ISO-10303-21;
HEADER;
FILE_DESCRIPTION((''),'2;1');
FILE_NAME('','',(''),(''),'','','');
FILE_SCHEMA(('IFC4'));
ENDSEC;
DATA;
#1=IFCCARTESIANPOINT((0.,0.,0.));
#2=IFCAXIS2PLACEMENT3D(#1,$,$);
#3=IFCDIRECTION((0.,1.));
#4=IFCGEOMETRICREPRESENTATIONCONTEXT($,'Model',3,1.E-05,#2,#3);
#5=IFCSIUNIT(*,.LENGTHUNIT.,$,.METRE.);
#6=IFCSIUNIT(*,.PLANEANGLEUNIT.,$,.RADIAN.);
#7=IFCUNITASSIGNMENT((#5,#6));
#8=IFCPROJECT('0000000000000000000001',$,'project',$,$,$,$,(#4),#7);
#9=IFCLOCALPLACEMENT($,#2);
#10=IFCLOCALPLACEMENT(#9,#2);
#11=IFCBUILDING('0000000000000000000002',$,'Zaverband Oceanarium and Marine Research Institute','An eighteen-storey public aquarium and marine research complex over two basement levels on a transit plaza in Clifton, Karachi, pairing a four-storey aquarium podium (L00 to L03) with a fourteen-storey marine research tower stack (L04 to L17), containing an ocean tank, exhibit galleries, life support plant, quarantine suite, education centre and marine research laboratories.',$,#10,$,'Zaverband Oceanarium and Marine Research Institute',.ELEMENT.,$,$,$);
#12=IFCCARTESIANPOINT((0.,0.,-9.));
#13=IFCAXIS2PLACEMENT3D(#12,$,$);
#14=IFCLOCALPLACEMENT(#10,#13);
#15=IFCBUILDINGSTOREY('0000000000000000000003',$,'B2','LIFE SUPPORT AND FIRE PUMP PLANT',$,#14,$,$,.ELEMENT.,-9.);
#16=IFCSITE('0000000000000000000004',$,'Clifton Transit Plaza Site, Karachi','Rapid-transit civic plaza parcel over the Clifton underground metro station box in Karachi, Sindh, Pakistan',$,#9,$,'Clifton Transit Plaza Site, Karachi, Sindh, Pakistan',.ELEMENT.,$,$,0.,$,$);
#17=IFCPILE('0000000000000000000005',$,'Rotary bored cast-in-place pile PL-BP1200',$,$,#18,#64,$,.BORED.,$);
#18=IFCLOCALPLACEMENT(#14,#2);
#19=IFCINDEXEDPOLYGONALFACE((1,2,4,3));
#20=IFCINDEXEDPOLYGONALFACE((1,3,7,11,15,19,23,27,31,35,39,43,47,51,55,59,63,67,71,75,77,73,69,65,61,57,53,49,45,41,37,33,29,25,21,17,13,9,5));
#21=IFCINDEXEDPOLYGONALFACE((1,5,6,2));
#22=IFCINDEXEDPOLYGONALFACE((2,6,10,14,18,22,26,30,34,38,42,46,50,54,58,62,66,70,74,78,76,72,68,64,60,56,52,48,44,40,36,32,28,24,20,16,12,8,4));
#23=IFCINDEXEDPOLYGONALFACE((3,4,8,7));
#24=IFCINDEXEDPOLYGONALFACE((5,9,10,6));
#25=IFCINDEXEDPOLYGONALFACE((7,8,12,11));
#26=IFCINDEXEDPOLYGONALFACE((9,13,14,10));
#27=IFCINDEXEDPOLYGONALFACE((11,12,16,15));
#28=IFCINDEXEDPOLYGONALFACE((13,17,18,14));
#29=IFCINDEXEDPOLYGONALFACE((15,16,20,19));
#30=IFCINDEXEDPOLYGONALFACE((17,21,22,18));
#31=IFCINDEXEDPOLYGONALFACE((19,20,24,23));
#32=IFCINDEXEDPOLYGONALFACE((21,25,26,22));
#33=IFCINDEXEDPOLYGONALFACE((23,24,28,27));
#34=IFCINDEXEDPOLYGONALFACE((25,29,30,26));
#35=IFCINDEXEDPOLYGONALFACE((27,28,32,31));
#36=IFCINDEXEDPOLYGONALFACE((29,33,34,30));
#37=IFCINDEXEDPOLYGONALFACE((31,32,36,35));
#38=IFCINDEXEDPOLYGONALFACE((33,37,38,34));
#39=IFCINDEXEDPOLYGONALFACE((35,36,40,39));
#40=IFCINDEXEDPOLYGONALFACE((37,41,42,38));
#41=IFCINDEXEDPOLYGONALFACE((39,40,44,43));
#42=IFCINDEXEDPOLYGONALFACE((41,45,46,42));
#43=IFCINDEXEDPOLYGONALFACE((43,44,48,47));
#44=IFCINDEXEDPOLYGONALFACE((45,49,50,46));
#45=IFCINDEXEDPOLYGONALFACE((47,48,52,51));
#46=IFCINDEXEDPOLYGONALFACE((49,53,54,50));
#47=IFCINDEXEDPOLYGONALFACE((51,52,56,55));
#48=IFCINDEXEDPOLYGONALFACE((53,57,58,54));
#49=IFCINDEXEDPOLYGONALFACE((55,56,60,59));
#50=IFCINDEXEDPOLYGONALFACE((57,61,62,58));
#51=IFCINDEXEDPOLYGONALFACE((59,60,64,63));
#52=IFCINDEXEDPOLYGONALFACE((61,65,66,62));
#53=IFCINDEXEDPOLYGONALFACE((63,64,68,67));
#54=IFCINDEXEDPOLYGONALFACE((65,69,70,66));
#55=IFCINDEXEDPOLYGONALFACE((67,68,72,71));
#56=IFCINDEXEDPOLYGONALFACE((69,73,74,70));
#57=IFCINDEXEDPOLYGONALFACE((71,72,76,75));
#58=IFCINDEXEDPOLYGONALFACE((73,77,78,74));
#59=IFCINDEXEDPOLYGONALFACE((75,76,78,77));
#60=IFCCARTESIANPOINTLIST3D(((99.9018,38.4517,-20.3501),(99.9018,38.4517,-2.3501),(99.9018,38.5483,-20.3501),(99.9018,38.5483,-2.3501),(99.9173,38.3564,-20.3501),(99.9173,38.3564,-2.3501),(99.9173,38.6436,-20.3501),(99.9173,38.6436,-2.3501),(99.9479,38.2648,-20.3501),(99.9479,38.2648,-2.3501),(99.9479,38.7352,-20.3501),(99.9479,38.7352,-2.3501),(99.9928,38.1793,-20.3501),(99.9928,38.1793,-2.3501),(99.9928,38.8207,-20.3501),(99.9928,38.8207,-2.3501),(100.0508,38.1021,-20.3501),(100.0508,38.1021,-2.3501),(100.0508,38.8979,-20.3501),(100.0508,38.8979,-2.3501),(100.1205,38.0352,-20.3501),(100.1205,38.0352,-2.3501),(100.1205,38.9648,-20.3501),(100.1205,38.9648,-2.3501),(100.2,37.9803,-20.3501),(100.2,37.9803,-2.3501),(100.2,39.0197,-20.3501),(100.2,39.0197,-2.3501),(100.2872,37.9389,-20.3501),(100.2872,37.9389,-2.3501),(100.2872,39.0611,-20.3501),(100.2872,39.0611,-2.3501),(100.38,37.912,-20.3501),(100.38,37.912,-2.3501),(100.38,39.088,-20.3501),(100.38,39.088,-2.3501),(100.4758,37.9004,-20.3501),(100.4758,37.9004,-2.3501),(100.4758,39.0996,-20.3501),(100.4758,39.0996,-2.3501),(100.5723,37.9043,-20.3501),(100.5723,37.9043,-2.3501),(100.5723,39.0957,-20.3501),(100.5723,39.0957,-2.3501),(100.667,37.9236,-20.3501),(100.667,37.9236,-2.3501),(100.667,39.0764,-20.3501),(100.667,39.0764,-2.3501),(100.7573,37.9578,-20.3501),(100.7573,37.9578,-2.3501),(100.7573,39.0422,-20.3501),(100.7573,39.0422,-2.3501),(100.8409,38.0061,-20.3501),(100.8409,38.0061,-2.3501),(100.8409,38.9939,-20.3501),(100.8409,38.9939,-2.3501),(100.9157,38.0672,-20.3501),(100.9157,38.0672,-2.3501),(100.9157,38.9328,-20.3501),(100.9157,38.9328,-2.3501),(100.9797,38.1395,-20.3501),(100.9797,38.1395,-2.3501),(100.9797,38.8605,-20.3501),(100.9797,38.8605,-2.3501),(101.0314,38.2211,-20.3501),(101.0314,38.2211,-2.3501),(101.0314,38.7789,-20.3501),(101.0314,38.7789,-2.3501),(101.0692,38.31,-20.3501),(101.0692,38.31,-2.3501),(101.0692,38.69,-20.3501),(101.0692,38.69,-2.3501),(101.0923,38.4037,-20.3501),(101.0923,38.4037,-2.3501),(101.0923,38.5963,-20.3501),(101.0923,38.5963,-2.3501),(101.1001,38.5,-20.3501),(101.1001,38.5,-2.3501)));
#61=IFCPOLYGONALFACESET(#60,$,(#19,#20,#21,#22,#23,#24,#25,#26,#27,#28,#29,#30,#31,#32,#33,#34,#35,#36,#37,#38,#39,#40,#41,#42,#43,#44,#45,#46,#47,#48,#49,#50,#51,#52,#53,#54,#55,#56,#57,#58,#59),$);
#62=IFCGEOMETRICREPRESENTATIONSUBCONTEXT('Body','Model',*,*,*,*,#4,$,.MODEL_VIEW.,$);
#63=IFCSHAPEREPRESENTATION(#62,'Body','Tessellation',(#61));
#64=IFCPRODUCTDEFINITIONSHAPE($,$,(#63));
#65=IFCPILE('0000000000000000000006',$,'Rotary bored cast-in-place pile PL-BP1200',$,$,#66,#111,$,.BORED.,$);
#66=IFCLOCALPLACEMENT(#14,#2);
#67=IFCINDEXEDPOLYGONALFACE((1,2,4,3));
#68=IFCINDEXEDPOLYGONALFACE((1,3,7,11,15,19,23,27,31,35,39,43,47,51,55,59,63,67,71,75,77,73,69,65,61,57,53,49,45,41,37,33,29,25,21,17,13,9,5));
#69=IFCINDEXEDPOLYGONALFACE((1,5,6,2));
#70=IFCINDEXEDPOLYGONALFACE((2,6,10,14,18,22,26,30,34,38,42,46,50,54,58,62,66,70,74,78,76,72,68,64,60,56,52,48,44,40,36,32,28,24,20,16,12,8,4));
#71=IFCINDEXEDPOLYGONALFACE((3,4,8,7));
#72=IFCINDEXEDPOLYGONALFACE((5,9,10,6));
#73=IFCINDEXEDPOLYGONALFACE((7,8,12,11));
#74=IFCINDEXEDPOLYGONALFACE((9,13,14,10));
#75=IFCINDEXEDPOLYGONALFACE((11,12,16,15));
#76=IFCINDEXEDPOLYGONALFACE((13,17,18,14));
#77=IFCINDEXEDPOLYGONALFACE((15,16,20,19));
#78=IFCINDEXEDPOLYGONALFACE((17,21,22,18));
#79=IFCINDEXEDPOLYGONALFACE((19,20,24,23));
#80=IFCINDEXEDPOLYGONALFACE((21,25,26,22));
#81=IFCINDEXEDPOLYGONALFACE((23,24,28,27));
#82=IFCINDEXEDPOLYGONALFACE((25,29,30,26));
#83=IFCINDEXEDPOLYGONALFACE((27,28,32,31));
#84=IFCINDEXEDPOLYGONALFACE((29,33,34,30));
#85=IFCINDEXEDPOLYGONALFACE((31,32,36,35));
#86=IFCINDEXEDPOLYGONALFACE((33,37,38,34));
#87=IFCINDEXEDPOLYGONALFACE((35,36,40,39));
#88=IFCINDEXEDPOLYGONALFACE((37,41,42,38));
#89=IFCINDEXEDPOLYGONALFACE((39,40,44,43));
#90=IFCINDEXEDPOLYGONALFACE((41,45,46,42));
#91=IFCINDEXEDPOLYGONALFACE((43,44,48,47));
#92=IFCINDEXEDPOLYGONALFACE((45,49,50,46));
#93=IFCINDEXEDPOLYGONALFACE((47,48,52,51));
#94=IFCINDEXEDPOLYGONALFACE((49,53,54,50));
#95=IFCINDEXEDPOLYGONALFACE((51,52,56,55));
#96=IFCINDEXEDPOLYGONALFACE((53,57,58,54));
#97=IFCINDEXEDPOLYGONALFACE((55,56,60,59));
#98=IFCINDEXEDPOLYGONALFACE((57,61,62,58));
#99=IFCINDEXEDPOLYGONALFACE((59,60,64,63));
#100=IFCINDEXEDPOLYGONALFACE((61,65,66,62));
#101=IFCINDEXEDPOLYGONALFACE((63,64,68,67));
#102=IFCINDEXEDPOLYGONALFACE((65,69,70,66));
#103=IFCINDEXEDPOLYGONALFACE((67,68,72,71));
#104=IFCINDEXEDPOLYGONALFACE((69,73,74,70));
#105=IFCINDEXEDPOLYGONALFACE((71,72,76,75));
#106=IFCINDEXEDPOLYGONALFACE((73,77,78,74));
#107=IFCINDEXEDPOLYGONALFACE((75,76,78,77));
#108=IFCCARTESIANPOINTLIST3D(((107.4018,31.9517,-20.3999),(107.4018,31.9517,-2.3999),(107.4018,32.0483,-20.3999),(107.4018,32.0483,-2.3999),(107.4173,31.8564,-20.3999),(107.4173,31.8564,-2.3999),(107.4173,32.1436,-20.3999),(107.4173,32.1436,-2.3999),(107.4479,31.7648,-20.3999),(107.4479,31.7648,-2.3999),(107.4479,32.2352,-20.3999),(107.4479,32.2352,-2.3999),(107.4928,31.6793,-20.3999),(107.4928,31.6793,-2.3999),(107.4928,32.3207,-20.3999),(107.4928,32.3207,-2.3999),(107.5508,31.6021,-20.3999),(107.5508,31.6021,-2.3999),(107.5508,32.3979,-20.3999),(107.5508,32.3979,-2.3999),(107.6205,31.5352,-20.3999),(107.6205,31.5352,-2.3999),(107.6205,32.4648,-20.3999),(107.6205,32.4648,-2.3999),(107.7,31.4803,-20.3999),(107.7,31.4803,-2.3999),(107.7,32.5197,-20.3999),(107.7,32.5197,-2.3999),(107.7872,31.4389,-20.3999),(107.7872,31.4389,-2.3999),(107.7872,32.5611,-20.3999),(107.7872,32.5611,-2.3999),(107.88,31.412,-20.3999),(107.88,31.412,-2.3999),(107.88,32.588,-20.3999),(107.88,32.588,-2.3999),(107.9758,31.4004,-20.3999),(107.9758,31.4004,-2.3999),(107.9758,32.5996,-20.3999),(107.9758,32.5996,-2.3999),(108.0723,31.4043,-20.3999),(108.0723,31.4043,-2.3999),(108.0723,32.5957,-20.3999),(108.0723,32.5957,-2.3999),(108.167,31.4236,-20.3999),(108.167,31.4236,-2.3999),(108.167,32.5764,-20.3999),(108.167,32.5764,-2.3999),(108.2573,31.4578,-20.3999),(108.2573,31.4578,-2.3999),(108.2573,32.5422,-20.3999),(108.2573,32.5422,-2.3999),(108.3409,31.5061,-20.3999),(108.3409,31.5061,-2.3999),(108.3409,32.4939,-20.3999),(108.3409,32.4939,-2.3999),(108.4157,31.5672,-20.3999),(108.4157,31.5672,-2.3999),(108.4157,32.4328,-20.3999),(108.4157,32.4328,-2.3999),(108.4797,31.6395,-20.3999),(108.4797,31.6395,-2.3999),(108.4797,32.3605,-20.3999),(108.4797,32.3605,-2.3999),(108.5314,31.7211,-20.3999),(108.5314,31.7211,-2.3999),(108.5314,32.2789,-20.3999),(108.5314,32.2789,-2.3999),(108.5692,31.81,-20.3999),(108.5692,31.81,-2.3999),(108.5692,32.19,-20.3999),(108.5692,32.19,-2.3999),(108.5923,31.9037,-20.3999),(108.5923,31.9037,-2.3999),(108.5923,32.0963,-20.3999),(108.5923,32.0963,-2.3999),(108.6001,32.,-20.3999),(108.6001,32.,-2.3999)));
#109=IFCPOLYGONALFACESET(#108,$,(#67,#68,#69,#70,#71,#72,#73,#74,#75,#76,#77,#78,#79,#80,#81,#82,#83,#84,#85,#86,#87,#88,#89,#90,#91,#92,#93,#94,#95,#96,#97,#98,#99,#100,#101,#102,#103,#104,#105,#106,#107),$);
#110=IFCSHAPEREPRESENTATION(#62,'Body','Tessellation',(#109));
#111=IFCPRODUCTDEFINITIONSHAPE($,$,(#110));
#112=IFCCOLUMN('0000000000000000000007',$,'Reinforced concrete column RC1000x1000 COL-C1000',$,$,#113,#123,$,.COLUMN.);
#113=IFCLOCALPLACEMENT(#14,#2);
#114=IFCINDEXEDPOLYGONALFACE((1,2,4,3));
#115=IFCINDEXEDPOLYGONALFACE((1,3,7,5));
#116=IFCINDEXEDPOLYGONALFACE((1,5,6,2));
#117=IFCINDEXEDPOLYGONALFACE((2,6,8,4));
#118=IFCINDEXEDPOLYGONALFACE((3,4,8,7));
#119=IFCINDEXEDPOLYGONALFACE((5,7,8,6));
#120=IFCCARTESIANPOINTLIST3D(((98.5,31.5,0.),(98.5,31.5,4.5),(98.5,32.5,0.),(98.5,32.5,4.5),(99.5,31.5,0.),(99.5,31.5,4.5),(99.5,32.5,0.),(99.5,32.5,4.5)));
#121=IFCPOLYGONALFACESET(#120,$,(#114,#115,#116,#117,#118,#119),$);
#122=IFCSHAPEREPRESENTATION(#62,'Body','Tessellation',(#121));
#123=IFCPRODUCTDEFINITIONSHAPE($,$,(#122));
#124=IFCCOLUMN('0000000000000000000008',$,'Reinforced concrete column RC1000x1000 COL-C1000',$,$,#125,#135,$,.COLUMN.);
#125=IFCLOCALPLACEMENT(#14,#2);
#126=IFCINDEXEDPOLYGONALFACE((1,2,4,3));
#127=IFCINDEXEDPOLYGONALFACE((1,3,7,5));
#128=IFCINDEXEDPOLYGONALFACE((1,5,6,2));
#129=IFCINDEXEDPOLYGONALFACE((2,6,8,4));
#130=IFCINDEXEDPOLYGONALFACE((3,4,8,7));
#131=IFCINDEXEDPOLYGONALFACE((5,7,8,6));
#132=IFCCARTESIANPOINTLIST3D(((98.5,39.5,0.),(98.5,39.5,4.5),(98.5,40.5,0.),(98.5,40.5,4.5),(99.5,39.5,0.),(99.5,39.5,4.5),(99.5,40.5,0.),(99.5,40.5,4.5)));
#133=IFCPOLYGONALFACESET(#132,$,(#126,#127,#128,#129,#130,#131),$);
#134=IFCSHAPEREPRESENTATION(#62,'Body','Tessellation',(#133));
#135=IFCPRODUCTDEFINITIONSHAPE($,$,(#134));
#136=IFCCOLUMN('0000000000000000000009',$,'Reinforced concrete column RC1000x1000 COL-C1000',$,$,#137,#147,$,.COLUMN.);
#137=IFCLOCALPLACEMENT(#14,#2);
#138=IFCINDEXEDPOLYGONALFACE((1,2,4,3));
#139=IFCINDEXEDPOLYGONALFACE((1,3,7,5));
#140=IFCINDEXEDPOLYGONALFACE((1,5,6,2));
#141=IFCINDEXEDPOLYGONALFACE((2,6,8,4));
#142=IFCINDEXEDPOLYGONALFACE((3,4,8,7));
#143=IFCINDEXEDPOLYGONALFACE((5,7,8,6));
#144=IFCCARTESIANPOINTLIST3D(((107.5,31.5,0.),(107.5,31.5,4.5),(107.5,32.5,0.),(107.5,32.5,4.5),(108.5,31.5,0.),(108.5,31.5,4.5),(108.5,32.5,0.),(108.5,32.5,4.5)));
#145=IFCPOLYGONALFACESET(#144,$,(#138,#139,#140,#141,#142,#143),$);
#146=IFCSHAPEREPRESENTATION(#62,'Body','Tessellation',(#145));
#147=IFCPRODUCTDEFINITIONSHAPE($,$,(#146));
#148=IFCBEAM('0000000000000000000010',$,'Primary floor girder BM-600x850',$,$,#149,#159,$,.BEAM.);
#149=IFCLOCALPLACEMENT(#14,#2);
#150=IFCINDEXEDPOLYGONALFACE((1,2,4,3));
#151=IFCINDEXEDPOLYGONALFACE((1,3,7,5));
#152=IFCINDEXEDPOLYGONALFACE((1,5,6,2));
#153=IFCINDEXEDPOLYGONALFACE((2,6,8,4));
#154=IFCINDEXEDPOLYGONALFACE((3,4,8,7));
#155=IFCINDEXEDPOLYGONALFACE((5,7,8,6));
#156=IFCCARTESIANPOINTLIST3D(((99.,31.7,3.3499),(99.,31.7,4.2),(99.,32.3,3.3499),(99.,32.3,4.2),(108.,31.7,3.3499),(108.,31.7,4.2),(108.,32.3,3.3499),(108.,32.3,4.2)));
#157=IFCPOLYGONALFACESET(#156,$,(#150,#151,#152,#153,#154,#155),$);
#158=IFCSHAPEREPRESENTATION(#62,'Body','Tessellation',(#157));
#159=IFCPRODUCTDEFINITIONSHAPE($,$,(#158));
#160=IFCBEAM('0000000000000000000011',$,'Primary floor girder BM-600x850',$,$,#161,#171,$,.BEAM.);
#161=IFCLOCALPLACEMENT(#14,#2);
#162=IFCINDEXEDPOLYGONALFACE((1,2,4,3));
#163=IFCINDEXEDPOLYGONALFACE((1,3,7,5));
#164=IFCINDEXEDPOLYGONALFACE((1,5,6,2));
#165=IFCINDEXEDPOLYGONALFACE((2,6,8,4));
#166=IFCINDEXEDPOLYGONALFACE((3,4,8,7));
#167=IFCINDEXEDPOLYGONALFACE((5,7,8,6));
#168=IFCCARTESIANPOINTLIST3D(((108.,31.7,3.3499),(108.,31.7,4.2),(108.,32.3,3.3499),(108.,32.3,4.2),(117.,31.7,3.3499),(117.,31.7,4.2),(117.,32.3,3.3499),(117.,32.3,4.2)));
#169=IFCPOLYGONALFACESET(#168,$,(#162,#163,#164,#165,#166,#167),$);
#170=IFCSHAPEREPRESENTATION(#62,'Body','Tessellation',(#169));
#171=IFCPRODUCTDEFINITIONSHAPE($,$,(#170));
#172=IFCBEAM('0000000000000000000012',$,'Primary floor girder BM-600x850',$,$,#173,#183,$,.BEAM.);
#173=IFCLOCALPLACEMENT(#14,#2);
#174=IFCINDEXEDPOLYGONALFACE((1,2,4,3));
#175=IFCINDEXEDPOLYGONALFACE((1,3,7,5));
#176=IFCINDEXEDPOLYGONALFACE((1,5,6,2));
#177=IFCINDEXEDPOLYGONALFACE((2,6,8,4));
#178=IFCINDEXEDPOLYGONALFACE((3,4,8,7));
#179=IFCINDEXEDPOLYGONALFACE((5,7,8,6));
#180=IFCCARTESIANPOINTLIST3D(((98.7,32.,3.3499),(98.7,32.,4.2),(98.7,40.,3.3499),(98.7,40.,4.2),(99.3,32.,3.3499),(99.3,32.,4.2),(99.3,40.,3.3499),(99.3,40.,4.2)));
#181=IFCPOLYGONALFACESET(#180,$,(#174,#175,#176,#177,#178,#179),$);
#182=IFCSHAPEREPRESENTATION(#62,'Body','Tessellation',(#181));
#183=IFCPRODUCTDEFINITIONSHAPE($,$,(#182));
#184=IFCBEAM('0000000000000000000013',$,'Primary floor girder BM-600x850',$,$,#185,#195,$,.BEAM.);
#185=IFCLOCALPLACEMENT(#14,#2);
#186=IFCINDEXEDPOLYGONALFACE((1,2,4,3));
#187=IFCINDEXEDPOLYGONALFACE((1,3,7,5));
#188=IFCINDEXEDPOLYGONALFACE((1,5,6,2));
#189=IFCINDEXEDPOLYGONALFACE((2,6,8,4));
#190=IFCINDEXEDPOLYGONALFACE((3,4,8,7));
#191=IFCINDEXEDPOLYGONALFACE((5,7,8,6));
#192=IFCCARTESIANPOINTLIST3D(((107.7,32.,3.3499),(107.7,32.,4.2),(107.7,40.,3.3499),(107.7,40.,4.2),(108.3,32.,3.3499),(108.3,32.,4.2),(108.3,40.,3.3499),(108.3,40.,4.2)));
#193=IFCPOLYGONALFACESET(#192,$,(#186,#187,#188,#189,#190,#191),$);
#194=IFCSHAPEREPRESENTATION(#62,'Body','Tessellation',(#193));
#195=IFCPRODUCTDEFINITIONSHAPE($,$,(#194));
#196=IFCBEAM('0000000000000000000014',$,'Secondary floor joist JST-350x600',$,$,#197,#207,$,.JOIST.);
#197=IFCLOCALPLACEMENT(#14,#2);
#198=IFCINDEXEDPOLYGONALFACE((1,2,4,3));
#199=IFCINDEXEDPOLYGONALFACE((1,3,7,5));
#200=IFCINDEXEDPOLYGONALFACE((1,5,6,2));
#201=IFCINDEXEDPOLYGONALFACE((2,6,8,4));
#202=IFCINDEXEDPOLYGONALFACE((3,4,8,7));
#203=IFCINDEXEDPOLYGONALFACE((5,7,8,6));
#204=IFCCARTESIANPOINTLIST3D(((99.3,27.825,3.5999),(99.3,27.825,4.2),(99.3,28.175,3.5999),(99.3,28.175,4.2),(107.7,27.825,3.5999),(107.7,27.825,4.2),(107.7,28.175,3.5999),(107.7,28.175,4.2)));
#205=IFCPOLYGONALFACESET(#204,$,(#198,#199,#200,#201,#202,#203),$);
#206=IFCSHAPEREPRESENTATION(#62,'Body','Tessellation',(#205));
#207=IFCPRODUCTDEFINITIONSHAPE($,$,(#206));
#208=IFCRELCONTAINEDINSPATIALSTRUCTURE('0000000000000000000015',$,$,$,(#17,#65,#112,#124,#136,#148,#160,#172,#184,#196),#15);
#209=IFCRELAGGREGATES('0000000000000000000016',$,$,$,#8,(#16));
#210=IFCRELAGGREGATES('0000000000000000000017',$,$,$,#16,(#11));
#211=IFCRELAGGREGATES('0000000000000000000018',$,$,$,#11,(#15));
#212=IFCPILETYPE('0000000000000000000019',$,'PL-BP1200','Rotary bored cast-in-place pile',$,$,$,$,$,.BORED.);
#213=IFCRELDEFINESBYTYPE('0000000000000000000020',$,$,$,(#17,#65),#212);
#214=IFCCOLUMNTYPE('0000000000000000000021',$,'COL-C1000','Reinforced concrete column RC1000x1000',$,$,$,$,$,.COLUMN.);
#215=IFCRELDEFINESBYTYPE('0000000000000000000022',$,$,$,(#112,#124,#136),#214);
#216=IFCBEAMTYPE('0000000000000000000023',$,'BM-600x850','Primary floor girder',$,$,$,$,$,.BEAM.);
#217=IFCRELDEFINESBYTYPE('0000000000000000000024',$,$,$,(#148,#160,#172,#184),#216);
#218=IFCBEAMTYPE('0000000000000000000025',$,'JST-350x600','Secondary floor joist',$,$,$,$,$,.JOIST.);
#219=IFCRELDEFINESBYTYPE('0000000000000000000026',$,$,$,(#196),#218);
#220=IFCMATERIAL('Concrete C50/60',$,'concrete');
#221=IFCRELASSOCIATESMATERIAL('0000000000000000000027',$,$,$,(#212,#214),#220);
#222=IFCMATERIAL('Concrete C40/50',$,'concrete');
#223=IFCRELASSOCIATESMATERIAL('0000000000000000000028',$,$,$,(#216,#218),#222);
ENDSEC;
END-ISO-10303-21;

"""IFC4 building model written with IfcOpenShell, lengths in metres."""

from ifc_helpers import new_model, si_unit, direction, frame, origin, origin_2d, place, context, subcontext, project, spatial, rectangle, circle, extrude, material, material_profile, profile_set, type_object, element, save


model = new_model("IFC4")

# Units and contexts
model_context = context("Model", 3, precision=1e-05, world=origin(), true_north=direction((0.0, 1.0)))
body_context = subcontext(model_context, "Body", "Model", "MODEL_VIEW")
ifc_project = project(units=[si_unit("LENGTHUNIT", "METRE"), si_unit("PLANEANGLEUNIT", "RADIAN")], contexts=[model_context])

# Site, building, storey
site_placement = place(None, origin())
site = spatial("IfcSite", under=ifc_project, at=site_placement, Name="Clifton Transit Plaza Site, Karachi", Description="Rapid-transit civic plaza parcel over the Clifton underground metro station box in Karachi, Sindh, Pakistan", LongName="Clifton Transit Plaza Site, Karachi, Sindh, Pakistan", CompositionType="ELEMENT", RefElevation=0.0)
building_placement = place(site_placement, origin())
building = spatial("IfcBuilding", under=site, at=building_placement, Name="Zaverband Oceanarium and Marine Research Institute", Description="An eighteen-storey public aquarium and marine research complex over two basement levels on a transit plaza in Clifton, Karachi, pairing a four-storey aquarium podium (L00 to L03) with a fourteen-storey marine research tower stack (L04 to L17), containing an ocean tank, exhibit galleries, life support plant, quarantine suite, education centre and marine research laboratories.", LongName="Zaverband Oceanarium and Marine Research Institute", CompositionType="ELEMENT")
storey_placement = place(building_placement, frame((0.0, 0.0, -9.0)))
storey = spatial("IfcBuildingStorey", under=building, at=storey_placement, Name="B2", Description="LIFE SUPPORT AND FIRE PUMP PLANT", CompositionType="ELEMENT", Elevation=-9.0)

# Shared definitions
ifc_material_1 = material(Name="Concrete C50/60", Category="concrete")

# Piles
ifc_material_profile_1 = material_profile(ifc_material_1, circle(Radius=0.6001, at=origin_2d()), Name="BP1200")
ifc_profile_set_1 = profile_set([ifc_material_profile_1], Name="Concrete C50/60")
pile_type = type_object("IfcPileType", Name="PL-BP1200", Description="Rotary bored cast-in-place pile", PredefinedType="BORED", material=ifc_profile_set_1)
for number, where, z_axis, x_axis, name in (
    (1, (100.5, 38.5, -2.3501), (0.0, 0.0, -1.0), (1.0, 0.0, 0.0), "Rotary bored cast-in-place pile PL-BP1200"),
    (2, (108.0, 32.0, -2.3999), (0.0, 0.0, -1.0), (1.0, 0.0, 0.0), "Rotary bored cast-in-place pile PL-BP1200"),
):
    element("IfcPile", number, at=place(storey_placement, frame(where, z_axis=z_axis, x_axis=x_axis)), inside=storey, type_object=pile_type, Name=name, PredefinedType="BORED", context=body_context, shape_type="SweptSolid", body=[
        extrude(circle(Radius=0.6001, at=origin_2d()), origin(), (0.0, 0.0, 1.0), 18.0),
    ])

# Columns
ifc_material_profile_2 = material_profile(ifc_material_1, rectangle(XDim=1.0, YDim=1.0, at=origin_2d()), Name="RC1000x1000")
ifc_profile_set_2 = profile_set([ifc_material_profile_2], Name="Concrete C50/60")
column_type = type_object("IfcColumnType", Name="COL-C1000", Description="Reinforced concrete column RC1000x1000", PredefinedType="COLUMN", material=ifc_profile_set_2)
for number, where, z_axis, x_axis, name in (
    (3, (99.0, 32.0, 0.0), (0.0, 0.0, 1.0), (1.0, 0.0, 0.0), "Reinforced concrete column RC1000x1000 COL-C1000"),
    (4, (99.0, 40.0, 0.0), (0.0, 0.0, 1.0), (1.0, 0.0, 0.0), "Reinforced concrete column RC1000x1000 COL-C1000"),
    (5, (108.0, 32.0, 0.0), (0.0, 0.0, 1.0), (1.0, 0.0, 0.0), "Reinforced concrete column RC1000x1000 COL-C1000"),
):
    element("IfcColumn", number, at=place(storey_placement, frame(where, z_axis=z_axis, x_axis=x_axis)), inside=storey, type_object=column_type, Name=name, PredefinedType="COLUMN", context=body_context, shape_type="SweptSolid", body=[
        extrude(rectangle(XDim=1.0, YDim=1.0, at=origin_2d()), origin(), (0.0, 0.0, 1.0), 4.5),
    ])

# Beams
ifc_material_2 = material(Name="Concrete C40/50", Category="concrete")
ifc_material_profile_3 = material_profile(ifc_material_2, rectangle(XDim=0.6001, YDim=0.8501, at=origin_2d()), Name="RC600x850")
ifc_profile_set_3 = profile_set([ifc_material_profile_3], Name="Concrete C40/50")
beam_type_1 = type_object("IfcBeamType", Name="BM-600x850", Description="Primary floor girder", PredefinedType="BEAM", material=ifc_profile_set_3)
for number, where, z_axis, x_axis, name in (
    (6, (99.0, 32.0, 3.7749), (1.0, 0.0, 0.0), (0.0, 1.0, 0.0), "Primary floor girder BM-600x850"),
    (7, (108.0, 32.0, 3.7749), (1.0, 0.0, 0.0), (0.0, 1.0, 0.0), "Primary floor girder BM-600x850"),
):
    element("IfcBeam", number, at=place(storey_placement, frame(where, z_axis=z_axis, x_axis=x_axis)), inside=storey, type_object=beam_type_1, Name=name, PredefinedType="BEAM", context=body_context, shape_type="SweptSolid", body=[
        extrude(rectangle(XDim=0.6001, YDim=0.8501, at=origin_2d()), origin(), (0.0, 0.0, 1.0), 9.0),
    ])
for number, where, z_axis, x_axis, name in (
    (8, (99.0, 32.0, 3.7749), (0.0, 1.0, 0.0), (-1.0, 0.0, 0.0), "Primary floor girder BM-600x850"),
    (9, (108.0, 32.0, 3.7749), (0.0, 1.0, 0.0), (-1.0, 0.0, 0.0), "Primary floor girder BM-600x850"),
):
    element("IfcBeam", number, at=place(storey_placement, frame(where, z_axis=z_axis, x_axis=x_axis)), inside=storey, type_object=beam_type_1, Name=name, PredefinedType="BEAM", context=body_context, shape_type="SweptSolid", body=[
        extrude(rectangle(XDim=0.6001, YDim=0.8501, at=origin_2d()), origin(), (0.0, 0.0, 1.0), 8.0),
    ])
ifc_material_profile_4 = material_profile(ifc_material_2, rectangle(XDim=0.3501, YDim=0.6001, at=origin_2d()), Name="RC350x600")
ifc_profile_set_4 = profile_set([ifc_material_profile_4], Name="Concrete C40/50")
beam_type_2 = type_object("IfcBeamType", Name="JST-350x600", Description="Secondary floor joist", PredefinedType="JOIST", material=ifc_profile_set_4)
for number, where, z_axis, x_axis, name in (
    (10, (99.3, 28.0, 3.8999), (1.0, 0.0, 0.0), (0.0, 1.0, 0.0), "Secondary floor joist JST-350x600"),
):
    element("IfcBeam", number, at=place(storey_placement, frame(where, z_axis=z_axis, x_axis=x_axis)), inside=storey, type_object=beam_type_2, Name=name, PredefinedType="JOIST", context=body_context, shape_type="SweptSolid", body=[
        extrude(rectangle(XDim=0.3501, YDim=0.6001, at=origin_2d()), origin(), (0.0, 0.0, 1.0), 8.3999),
    ])

save(model, "model.ifc")
